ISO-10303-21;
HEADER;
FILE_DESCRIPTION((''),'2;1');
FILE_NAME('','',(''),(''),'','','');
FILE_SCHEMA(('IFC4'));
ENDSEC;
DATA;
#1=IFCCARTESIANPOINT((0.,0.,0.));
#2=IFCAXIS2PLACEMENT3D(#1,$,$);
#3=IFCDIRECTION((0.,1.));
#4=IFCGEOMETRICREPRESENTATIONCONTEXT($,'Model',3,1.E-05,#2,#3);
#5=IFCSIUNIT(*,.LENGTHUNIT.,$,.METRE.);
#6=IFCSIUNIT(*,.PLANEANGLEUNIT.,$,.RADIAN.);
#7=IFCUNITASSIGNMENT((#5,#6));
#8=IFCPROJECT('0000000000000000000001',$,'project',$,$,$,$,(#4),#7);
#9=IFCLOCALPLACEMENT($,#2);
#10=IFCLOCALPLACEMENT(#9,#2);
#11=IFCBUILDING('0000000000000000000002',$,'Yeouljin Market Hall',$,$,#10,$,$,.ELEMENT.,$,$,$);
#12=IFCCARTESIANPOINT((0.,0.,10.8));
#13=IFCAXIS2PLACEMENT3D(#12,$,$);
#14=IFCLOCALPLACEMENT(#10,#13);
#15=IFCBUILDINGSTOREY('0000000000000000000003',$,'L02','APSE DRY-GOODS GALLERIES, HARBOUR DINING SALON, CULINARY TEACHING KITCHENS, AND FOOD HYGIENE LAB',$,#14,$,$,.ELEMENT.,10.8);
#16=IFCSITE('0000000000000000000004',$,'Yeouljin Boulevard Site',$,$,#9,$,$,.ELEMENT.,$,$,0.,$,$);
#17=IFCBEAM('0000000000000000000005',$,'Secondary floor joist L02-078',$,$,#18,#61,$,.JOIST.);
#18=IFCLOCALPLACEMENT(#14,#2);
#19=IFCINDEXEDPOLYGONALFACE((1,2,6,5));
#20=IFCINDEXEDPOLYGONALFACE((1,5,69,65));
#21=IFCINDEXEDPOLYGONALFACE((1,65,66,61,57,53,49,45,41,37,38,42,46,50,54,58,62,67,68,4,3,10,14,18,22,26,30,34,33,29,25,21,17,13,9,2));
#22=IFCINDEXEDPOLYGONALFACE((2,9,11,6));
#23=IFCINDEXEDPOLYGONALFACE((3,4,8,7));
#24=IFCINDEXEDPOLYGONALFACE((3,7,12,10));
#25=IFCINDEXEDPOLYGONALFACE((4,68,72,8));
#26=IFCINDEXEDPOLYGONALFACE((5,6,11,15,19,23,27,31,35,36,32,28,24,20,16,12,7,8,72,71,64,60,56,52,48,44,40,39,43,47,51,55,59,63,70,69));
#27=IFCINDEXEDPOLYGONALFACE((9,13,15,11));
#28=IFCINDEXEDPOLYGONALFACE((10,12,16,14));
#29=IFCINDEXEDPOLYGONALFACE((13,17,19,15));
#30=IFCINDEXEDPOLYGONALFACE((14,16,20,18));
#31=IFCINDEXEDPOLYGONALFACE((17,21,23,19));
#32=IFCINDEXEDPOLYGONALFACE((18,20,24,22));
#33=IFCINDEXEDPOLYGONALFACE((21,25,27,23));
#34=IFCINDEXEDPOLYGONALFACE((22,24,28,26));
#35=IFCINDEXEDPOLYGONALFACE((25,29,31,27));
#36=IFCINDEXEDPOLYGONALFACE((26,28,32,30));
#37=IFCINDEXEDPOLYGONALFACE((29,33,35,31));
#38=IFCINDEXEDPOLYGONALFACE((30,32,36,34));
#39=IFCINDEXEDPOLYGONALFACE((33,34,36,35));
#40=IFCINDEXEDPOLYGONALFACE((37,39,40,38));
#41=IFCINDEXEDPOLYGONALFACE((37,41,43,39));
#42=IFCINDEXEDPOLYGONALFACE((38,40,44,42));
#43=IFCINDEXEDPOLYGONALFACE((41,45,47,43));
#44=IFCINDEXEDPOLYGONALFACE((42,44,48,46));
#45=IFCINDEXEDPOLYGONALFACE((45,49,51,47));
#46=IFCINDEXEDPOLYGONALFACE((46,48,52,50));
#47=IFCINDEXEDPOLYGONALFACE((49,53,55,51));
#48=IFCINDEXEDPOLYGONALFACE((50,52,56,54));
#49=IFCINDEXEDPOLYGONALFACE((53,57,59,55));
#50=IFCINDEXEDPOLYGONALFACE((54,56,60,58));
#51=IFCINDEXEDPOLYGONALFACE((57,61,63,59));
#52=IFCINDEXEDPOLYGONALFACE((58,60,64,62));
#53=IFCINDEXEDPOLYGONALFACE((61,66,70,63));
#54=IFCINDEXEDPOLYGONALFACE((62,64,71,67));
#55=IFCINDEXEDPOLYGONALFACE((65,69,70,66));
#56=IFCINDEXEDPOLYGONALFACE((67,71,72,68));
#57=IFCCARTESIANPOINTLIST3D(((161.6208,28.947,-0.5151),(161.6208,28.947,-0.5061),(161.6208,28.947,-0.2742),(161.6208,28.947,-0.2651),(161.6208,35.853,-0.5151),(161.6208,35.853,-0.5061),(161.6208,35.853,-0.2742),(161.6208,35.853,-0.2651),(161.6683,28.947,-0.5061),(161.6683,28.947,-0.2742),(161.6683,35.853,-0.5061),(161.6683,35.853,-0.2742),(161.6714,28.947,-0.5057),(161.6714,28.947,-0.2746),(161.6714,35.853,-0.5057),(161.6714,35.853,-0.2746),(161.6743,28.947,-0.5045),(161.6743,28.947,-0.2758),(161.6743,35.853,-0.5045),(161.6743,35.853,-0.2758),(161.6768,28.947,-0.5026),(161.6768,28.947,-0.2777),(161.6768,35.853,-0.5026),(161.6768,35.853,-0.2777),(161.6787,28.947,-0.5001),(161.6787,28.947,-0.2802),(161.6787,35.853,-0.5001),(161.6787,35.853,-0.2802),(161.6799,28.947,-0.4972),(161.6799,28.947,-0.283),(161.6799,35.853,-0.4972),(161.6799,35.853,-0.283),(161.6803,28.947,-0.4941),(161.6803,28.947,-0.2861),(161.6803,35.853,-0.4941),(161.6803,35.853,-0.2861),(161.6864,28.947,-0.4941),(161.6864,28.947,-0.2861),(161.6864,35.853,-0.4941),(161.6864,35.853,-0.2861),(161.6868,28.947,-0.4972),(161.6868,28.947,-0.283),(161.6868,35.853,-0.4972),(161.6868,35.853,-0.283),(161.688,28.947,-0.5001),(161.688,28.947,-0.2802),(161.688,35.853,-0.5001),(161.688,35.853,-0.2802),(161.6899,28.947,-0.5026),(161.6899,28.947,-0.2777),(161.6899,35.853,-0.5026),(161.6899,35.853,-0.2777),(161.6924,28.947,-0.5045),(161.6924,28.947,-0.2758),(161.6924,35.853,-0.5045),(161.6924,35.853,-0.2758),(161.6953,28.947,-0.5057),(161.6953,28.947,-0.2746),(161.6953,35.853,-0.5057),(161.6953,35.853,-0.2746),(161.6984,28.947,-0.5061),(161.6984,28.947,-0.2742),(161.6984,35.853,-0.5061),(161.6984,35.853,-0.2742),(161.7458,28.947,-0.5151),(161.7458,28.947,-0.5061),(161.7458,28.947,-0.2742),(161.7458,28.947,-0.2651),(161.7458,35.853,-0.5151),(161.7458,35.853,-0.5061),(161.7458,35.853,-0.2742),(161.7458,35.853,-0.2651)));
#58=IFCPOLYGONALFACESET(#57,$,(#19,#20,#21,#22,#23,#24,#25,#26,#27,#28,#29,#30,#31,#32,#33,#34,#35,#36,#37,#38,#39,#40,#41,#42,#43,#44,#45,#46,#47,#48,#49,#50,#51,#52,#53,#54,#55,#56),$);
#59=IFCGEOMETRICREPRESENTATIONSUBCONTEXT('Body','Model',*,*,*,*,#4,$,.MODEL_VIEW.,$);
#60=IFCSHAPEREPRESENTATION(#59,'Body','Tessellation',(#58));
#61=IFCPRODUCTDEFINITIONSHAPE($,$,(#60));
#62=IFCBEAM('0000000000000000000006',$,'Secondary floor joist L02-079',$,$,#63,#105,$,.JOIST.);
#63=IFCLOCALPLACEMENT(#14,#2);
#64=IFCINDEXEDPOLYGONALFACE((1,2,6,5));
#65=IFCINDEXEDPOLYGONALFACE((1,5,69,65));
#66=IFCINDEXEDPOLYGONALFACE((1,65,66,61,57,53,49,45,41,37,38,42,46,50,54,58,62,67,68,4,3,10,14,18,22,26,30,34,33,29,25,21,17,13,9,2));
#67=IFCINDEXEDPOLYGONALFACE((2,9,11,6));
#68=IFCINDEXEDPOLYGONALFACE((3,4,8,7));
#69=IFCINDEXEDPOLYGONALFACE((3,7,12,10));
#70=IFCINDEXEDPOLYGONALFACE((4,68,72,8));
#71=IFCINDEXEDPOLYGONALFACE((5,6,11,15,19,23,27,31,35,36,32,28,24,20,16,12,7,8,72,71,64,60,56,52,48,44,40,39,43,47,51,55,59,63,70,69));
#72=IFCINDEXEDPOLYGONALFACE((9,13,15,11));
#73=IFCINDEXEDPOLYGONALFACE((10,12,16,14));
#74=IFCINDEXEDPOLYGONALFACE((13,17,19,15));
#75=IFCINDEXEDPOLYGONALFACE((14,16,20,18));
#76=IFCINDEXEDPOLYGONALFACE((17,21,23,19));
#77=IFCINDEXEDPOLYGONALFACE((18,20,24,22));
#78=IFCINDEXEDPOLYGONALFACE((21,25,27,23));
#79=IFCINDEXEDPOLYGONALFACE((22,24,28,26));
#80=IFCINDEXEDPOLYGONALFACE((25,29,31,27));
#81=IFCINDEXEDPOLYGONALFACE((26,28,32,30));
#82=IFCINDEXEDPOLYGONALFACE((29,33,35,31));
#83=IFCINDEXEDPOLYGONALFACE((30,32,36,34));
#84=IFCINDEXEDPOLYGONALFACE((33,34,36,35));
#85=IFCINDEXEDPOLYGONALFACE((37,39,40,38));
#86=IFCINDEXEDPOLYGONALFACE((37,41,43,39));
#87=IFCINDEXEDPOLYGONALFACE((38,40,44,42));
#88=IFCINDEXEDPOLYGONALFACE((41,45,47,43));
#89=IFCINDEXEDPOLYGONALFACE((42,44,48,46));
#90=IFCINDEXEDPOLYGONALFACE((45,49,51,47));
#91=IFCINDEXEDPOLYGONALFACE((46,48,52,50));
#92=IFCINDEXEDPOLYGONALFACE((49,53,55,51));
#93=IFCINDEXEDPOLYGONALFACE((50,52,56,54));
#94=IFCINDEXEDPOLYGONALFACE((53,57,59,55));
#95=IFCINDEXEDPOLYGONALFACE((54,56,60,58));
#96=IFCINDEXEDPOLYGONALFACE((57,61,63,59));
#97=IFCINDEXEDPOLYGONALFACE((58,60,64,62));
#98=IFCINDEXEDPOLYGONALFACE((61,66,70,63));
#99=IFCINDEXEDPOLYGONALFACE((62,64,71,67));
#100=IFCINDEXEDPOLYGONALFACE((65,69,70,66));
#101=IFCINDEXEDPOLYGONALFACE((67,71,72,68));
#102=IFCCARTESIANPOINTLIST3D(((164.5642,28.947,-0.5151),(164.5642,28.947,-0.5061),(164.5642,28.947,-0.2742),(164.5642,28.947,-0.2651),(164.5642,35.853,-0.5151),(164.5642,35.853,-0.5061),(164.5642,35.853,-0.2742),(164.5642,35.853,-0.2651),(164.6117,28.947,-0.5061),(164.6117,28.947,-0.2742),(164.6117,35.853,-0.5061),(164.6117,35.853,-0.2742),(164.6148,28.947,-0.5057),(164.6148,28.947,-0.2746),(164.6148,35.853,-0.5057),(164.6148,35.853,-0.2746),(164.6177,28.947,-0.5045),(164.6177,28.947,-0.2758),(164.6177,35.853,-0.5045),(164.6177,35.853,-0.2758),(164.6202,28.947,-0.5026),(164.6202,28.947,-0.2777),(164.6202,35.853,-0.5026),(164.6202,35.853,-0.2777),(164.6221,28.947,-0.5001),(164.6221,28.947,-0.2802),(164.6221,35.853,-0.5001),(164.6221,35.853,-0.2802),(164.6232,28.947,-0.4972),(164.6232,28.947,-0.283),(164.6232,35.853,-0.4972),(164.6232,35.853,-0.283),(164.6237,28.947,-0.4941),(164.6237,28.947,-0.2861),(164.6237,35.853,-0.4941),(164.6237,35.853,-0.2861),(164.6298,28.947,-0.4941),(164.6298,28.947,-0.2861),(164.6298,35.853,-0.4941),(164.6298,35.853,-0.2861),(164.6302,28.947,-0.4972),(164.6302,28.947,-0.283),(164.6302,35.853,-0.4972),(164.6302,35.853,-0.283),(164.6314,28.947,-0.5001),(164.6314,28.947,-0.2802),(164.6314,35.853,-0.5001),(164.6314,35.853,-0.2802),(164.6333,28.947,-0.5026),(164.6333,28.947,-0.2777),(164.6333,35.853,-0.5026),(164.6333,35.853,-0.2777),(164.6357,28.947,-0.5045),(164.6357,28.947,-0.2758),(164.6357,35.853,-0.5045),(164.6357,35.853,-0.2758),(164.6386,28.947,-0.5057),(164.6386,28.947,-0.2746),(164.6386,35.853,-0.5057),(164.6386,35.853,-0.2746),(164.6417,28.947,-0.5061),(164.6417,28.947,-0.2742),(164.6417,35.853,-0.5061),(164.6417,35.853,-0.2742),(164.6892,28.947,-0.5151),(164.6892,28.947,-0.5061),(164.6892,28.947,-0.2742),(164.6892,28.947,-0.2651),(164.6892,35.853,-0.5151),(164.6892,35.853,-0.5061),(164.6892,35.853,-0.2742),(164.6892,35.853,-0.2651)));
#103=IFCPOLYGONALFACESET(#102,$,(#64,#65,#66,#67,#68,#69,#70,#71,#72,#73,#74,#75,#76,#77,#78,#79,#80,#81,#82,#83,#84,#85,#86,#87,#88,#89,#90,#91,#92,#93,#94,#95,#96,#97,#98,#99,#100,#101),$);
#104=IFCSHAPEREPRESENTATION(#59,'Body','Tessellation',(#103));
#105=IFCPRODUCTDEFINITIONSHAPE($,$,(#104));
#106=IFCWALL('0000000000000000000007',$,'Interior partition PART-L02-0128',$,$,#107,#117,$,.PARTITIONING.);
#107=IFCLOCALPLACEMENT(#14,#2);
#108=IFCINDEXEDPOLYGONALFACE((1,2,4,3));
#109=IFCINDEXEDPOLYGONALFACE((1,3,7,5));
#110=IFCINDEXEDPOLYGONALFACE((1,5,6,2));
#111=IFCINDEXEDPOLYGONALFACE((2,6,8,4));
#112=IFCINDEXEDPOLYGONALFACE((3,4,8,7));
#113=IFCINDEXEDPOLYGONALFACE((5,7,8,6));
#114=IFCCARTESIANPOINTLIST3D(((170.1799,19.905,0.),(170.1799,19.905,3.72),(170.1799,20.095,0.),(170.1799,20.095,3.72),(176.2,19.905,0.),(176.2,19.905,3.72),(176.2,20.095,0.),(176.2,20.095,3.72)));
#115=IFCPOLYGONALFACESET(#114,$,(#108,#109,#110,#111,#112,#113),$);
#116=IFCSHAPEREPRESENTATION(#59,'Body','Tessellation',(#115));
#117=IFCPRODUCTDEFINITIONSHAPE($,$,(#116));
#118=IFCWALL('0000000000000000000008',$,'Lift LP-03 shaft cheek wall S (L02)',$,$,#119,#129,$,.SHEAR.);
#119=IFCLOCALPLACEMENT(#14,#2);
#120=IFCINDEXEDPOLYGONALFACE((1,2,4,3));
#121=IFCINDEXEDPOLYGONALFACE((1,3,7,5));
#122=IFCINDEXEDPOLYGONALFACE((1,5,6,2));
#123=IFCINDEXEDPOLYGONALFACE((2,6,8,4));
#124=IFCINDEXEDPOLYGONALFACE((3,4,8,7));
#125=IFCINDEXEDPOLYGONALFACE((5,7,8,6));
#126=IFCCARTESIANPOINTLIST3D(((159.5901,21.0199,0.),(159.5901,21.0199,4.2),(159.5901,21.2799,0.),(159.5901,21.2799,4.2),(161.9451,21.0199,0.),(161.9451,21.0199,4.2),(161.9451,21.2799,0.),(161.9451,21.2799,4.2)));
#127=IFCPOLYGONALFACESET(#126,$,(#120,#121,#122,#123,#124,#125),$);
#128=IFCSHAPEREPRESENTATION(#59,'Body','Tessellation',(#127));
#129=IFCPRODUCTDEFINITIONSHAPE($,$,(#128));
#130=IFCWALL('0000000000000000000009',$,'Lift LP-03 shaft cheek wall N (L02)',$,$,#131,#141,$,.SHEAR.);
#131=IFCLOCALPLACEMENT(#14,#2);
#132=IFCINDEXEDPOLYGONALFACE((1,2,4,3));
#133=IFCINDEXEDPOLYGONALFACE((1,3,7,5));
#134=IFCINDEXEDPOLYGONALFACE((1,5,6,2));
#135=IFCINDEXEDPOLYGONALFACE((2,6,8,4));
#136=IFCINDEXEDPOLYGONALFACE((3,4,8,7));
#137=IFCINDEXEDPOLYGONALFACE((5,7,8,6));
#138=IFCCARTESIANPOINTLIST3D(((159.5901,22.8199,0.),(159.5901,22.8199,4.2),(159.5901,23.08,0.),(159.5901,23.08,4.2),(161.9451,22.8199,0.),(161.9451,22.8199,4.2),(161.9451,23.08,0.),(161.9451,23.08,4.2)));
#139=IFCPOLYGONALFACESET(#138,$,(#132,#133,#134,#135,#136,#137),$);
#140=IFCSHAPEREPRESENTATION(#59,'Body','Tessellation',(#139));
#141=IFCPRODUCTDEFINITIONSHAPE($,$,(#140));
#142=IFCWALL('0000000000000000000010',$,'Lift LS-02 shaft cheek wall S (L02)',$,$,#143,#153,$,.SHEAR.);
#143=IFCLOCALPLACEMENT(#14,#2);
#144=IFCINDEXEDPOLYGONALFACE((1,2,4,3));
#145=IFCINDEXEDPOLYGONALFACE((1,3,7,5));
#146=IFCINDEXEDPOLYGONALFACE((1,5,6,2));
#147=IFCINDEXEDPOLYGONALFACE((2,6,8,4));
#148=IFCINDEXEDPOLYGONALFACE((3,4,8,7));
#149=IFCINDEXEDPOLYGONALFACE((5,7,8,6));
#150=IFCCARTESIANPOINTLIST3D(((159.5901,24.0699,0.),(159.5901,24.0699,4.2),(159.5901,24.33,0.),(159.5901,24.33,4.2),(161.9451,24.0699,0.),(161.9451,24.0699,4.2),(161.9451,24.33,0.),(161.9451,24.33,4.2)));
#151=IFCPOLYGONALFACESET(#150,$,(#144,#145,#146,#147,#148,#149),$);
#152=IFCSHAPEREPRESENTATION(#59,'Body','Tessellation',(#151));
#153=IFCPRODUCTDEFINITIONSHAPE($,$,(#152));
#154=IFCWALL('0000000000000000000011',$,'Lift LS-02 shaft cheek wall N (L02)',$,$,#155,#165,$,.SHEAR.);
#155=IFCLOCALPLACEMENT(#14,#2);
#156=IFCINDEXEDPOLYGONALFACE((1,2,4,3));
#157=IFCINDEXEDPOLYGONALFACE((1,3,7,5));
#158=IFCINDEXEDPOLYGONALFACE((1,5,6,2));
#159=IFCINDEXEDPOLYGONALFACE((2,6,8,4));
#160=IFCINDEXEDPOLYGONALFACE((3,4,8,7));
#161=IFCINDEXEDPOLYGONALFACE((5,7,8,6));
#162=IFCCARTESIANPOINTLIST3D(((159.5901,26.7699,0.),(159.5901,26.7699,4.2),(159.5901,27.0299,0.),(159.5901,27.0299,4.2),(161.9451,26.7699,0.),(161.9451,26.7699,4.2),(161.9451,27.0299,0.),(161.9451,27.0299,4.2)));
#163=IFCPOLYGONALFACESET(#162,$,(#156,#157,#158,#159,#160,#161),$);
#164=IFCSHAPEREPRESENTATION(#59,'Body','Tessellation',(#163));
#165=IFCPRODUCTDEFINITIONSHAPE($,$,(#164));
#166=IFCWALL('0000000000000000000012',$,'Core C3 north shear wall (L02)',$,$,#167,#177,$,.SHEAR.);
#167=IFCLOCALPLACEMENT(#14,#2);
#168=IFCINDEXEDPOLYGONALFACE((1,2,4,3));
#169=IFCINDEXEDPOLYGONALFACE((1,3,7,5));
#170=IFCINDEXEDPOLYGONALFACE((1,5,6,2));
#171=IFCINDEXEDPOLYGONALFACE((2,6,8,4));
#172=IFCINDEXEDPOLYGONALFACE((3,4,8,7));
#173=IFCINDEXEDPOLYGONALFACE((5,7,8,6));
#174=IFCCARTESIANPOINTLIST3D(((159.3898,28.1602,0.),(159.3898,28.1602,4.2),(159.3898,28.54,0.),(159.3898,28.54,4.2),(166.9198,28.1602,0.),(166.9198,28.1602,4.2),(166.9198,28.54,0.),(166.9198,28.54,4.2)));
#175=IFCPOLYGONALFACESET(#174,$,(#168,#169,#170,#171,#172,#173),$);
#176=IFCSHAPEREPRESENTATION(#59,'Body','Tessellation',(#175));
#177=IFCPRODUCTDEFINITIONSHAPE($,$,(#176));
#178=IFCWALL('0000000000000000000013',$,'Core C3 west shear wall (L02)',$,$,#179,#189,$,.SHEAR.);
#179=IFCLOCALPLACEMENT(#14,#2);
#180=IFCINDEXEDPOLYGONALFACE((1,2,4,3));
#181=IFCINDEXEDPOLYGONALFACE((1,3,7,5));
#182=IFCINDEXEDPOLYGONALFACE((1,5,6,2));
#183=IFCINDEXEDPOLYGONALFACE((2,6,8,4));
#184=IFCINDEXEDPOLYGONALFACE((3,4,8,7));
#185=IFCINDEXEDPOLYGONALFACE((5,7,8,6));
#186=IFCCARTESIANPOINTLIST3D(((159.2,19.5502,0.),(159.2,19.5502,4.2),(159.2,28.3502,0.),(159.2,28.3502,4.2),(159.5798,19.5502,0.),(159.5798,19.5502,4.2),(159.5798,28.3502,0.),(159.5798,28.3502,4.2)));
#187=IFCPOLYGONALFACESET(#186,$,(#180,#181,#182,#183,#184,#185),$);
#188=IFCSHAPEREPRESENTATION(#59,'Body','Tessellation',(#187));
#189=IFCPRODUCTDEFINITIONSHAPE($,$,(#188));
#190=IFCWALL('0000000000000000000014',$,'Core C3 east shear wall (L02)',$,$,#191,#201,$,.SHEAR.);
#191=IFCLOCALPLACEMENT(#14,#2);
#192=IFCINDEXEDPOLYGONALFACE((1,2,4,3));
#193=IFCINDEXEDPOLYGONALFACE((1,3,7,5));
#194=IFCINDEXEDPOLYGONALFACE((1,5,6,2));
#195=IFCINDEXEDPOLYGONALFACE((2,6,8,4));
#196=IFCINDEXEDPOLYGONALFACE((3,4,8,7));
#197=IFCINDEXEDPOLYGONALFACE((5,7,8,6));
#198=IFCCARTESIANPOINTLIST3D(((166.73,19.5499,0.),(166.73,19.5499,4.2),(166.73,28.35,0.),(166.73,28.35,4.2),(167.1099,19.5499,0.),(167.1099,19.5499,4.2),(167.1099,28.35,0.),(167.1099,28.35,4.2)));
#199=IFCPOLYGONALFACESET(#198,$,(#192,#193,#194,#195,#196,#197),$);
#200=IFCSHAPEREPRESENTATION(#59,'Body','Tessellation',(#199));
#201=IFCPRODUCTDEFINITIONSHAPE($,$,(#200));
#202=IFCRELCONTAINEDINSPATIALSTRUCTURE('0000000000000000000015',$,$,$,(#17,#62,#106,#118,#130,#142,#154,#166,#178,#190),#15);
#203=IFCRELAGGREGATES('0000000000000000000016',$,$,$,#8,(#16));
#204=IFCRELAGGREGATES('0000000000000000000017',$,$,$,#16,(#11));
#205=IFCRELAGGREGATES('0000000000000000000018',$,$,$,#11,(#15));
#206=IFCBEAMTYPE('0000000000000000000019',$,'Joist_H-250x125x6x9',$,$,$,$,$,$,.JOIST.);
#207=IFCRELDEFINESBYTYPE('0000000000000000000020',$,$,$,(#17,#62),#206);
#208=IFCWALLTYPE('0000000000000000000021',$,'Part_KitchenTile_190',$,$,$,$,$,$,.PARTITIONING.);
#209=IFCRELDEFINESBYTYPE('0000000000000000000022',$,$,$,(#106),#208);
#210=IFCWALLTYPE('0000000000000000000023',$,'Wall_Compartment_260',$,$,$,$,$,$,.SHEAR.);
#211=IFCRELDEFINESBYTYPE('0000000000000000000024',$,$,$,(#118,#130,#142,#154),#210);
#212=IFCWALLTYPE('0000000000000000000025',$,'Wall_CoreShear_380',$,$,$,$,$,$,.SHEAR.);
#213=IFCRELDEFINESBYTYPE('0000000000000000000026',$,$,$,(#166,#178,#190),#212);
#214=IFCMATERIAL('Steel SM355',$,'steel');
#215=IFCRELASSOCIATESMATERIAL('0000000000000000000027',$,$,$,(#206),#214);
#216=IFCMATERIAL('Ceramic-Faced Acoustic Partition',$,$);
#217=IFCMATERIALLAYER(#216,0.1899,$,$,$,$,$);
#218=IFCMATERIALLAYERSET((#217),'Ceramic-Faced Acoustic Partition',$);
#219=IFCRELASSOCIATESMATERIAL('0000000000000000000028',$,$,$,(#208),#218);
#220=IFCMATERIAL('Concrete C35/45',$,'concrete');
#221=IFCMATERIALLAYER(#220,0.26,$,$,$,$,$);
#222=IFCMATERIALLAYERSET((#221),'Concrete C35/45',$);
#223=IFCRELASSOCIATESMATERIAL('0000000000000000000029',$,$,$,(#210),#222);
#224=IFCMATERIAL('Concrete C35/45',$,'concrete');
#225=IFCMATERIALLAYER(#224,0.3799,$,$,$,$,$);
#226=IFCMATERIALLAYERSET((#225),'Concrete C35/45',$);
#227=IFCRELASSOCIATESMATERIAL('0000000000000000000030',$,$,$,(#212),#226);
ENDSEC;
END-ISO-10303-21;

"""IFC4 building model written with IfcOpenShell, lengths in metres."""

from ifc_helpers import new_model, si_unit, direction, frame, frame_2d, origin, origin_2d, place, context, subcontext, project, spatial, rectangle, i_section, extrude, material, layer, layer_set, material_profile, profile_set, type_object, element, save


model = new_model("IFC4")

# Units and contexts
model_context = context("Model", 3, precision=1e-05, world=origin(), true_north=direction((0.0, 1.0)))
body_context = subcontext(model_context, "Body", "Model", "MODEL_VIEW")
ifc_project = project(units=[si_unit("LENGTHUNIT", "METRE"), si_unit("PLANEANGLEUNIT", "RADIAN")], contexts=[model_context])

# Site, building, storey
site_placement = place(None, origin())
site = spatial("IfcSite", under=ifc_project, at=site_placement, Name="Yeouljin Boulevard Site", CompositionType="ELEMENT", RefElevation=0.0)
building_placement = place(site_placement, origin())
building = spatial("IfcBuilding", under=site, at=building_placement, Name="Yeouljin Market Hall", CompositionType="ELEMENT")
storey_placement = place(building_placement, frame((0.0, 0.0, 10.8)))
storey = spatial("IfcBuildingStorey", under=building, at=storey_placement, Name="L02", Description="APSE DRY-GOODS GALLERIES, HARBOUR DINING SALON, CULINARY TEACHING KITCHENS, AND FOOD HYGIENE LAB", CompositionType="ELEMENT", Elevation=10.8)

# Beams
ifc_material_1 = material(Name="Steel SM355", Category="steel")
ifc_material_profile_1 = material_profile(ifc_material_1, i_section(OverallWidth=0.125, OverallDepth=0.25, WebThickness=0.0061, FlangeThickness=0.009, FilletRadius=0.012, at=origin_2d()), Name="H-250x125x6x9")
ifc_profile_set_1 = profile_set([ifc_material_profile_1], Name="Steel SM355")
beam_type_1 = type_object("IfcBeamType", Name="Joist_H-250x125x6x9", PredefinedType="JOIST", material=ifc_profile_set_1)
for number, where, z_axis, x_axis, name in (
    (1, (161.6833, 28.947, -0.3901), (0.0, 1.0, 0.0), (-1.0, 0.0, 0.0), "Secondary floor joist L02-078"),
    (2, (164.6267, 28.947, -0.3901), (0.0, 1.0, 0.0), (-1.0, 0.0, 0.0), "Secondary floor joist L02-079"),
):
    element("IfcBeam", number, at=place(storey_placement, frame(where, z_axis=z_axis, x_axis=x_axis)), inside=storey, type_object=beam_type_1, Name=name, PredefinedType="JOIST", context=body_context, shape_type="SweptSolid", body=[
        extrude(i_section(OverallWidth=0.125, OverallDepth=0.25, WebThickness=0.0061, FlangeThickness=0.009, FilletRadius=0.012, at=origin_2d()), origin(), (0.0, 0.0, 1.0), 6.906),
    ])

# Wall
ifc_material_2 = material(Name="Ceramic-Faced Acoustic Partition")
ifc_layer_1 = layer(ifc_material_2, 0.1899)
ifc_layer_set_1 = layer_set([ifc_layer_1], Name="Ceramic-Faced Acoustic Partition")
wall_type_1 = type_object("IfcWallType", Name="Part_KitchenTile_190", PredefinedType="PARTITIONING", material=ifc_layer_set_1)
wall_1_placement = place(storey_placement, frame((170.1799, 20.0, 0.0), z_axis=(0.0, 0.0, 1.0), x_axis=(1.0, 0.0, 0.0)))
element("IfcWall", 3, at=wall_1_placement, inside=storey, type_object=wall_type_1, Name="Interior partition PART-L02-0128", PredefinedType="PARTITIONING", context=body_context, shape_type="SweptSolid", body=[
    extrude(rectangle(XDim=6.02, YDim=0.1899, at=frame_2d((3.01, 0.0))), origin(), (0.0, 0.0, 1.0), 3.72),
])

# Shared definitions
ifc_material_3 = material(Name="Concrete C35/45", Category="concrete")
ifc_layer_2 = layer(ifc_material_3, 0.26)
ifc_layer_set_2 = layer_set([ifc_layer_2], Name="Concrete C35/45")
wall_type_2 = type_object("IfcWallType", Name="Wall_Compartment_260", PredefinedType="SHEAR", material=ifc_layer_set_2)

# Walls
for number, where, z_axis, x_axis, name in (
    (4, (159.5901, 21.1499, 0.0), (0.0, 0.0, 1.0), (1.0, 0.0, 0.0), "Lift LP-03 shaft cheek wall S (L02)"),
    (5, (159.5901, 22.95, 0.0), (0.0, 0.0, 1.0), (1.0, 0.0, 0.0), "Lift LP-03 shaft cheek wall N (L02)"),
):
    element("IfcWall", number, at=place(storey_placement, frame(where, z_axis=z_axis, x_axis=x_axis)), inside=storey, type_object=wall_type_2, Name=name, PredefinedType="SHEAR", context=body_context, shape_type="SweptSolid", body=[
        extrude(rectangle(XDim=2.355, YDim=0.26, at=frame_2d((1.1775, 0.0))), origin(), (0.0, 0.0, 1.0), 4.2),
    ])

# Walls
for number, where, z_axis, x_axis, name in (
    (6, (159.5901, 24.2, 0.0), (0.0, 0.0, 1.0), (1.0, 0.0, 0.0), "Lift LS-02 shaft cheek wall S (L02)"),
    (7, (159.5901, 26.8999, 0.0), (0.0, 0.0, 1.0), (1.0, 0.0, 0.0), "Lift LS-02 shaft cheek wall N (L02)"),
):
    element("IfcWall", number, at=place(storey_placement, frame(where, z_axis=z_axis, x_axis=x_axis)), inside=storey, type_object=wall_type_2, Name=name, PredefinedType="SHEAR", context=body_context, shape_type="SweptSolid", body=[
        extrude(rectangle(XDim=2.355, YDim=0.26, at=frame_2d((1.1775, 0.0))), origin(), (0.0, 0.0, 1.0), 4.2),
    ])

# Shared definitions
ifc_material_4 = material(Name="Concrete C35/45", Category="concrete")
ifc_layer_3 = layer(ifc_material_4, 0.3799)
ifc_layer_set_3 = layer_set([ifc_layer_3], Name="Concrete C35/45")
wall_type_3 = type_object("IfcWallType", Name="Wall_CoreShear_380", PredefinedType="SHEAR", material=ifc_layer_set_3)

# Walls
wall_2_placement = place(storey_placement, frame((166.9199, 28.3501, 0.0), z_axis=(0.0, 0.0, 1.0), x_axis=(-1.0, 0.0, 0.0)))
element("IfcWall", 8, at=wall_2_placement, inside=storey, type_object=wall_type_3, Name="Core C3 north shear wall (L02)", PredefinedType="SHEAR", context=body_context, shape_type="SweptSolid", body=[
    extrude(rectangle(XDim=7.53, YDim=0.3799, at=frame_2d((3.7651, 0.0))), origin(), (0.0, 0.0, 1.0), 4.2),
])
for number, where, z_axis, x_axis, name in (
    (9, (159.3899, 28.3501, 0.0), (0.0, 0.0, 1.0), (0.0, -1.0, 0.0), "Core C3 west shear wall (L02)"),
    (10, (166.9199, 19.55, 0.0), (0.0, 0.0, 1.0), (0.0, 1.0, 0.0), "Core C3 east shear wall (L02)"),
):
    element("IfcWall", number, at=place(storey_placement, frame(where, z_axis=z_axis, x_axis=x_axis)), inside=storey, type_object=wall_type_3, Name=name, PredefinedType="SHEAR", context=body_context, shape_type="SweptSolid", body=[
        extrude(rectangle(XDim=8.8, YDim=0.3799, at=frame_2d((4.3999, 0.0))), origin(), (0.0, 0.0, 1.0), 4.2),
    ])

save(model, "model.ifc")
